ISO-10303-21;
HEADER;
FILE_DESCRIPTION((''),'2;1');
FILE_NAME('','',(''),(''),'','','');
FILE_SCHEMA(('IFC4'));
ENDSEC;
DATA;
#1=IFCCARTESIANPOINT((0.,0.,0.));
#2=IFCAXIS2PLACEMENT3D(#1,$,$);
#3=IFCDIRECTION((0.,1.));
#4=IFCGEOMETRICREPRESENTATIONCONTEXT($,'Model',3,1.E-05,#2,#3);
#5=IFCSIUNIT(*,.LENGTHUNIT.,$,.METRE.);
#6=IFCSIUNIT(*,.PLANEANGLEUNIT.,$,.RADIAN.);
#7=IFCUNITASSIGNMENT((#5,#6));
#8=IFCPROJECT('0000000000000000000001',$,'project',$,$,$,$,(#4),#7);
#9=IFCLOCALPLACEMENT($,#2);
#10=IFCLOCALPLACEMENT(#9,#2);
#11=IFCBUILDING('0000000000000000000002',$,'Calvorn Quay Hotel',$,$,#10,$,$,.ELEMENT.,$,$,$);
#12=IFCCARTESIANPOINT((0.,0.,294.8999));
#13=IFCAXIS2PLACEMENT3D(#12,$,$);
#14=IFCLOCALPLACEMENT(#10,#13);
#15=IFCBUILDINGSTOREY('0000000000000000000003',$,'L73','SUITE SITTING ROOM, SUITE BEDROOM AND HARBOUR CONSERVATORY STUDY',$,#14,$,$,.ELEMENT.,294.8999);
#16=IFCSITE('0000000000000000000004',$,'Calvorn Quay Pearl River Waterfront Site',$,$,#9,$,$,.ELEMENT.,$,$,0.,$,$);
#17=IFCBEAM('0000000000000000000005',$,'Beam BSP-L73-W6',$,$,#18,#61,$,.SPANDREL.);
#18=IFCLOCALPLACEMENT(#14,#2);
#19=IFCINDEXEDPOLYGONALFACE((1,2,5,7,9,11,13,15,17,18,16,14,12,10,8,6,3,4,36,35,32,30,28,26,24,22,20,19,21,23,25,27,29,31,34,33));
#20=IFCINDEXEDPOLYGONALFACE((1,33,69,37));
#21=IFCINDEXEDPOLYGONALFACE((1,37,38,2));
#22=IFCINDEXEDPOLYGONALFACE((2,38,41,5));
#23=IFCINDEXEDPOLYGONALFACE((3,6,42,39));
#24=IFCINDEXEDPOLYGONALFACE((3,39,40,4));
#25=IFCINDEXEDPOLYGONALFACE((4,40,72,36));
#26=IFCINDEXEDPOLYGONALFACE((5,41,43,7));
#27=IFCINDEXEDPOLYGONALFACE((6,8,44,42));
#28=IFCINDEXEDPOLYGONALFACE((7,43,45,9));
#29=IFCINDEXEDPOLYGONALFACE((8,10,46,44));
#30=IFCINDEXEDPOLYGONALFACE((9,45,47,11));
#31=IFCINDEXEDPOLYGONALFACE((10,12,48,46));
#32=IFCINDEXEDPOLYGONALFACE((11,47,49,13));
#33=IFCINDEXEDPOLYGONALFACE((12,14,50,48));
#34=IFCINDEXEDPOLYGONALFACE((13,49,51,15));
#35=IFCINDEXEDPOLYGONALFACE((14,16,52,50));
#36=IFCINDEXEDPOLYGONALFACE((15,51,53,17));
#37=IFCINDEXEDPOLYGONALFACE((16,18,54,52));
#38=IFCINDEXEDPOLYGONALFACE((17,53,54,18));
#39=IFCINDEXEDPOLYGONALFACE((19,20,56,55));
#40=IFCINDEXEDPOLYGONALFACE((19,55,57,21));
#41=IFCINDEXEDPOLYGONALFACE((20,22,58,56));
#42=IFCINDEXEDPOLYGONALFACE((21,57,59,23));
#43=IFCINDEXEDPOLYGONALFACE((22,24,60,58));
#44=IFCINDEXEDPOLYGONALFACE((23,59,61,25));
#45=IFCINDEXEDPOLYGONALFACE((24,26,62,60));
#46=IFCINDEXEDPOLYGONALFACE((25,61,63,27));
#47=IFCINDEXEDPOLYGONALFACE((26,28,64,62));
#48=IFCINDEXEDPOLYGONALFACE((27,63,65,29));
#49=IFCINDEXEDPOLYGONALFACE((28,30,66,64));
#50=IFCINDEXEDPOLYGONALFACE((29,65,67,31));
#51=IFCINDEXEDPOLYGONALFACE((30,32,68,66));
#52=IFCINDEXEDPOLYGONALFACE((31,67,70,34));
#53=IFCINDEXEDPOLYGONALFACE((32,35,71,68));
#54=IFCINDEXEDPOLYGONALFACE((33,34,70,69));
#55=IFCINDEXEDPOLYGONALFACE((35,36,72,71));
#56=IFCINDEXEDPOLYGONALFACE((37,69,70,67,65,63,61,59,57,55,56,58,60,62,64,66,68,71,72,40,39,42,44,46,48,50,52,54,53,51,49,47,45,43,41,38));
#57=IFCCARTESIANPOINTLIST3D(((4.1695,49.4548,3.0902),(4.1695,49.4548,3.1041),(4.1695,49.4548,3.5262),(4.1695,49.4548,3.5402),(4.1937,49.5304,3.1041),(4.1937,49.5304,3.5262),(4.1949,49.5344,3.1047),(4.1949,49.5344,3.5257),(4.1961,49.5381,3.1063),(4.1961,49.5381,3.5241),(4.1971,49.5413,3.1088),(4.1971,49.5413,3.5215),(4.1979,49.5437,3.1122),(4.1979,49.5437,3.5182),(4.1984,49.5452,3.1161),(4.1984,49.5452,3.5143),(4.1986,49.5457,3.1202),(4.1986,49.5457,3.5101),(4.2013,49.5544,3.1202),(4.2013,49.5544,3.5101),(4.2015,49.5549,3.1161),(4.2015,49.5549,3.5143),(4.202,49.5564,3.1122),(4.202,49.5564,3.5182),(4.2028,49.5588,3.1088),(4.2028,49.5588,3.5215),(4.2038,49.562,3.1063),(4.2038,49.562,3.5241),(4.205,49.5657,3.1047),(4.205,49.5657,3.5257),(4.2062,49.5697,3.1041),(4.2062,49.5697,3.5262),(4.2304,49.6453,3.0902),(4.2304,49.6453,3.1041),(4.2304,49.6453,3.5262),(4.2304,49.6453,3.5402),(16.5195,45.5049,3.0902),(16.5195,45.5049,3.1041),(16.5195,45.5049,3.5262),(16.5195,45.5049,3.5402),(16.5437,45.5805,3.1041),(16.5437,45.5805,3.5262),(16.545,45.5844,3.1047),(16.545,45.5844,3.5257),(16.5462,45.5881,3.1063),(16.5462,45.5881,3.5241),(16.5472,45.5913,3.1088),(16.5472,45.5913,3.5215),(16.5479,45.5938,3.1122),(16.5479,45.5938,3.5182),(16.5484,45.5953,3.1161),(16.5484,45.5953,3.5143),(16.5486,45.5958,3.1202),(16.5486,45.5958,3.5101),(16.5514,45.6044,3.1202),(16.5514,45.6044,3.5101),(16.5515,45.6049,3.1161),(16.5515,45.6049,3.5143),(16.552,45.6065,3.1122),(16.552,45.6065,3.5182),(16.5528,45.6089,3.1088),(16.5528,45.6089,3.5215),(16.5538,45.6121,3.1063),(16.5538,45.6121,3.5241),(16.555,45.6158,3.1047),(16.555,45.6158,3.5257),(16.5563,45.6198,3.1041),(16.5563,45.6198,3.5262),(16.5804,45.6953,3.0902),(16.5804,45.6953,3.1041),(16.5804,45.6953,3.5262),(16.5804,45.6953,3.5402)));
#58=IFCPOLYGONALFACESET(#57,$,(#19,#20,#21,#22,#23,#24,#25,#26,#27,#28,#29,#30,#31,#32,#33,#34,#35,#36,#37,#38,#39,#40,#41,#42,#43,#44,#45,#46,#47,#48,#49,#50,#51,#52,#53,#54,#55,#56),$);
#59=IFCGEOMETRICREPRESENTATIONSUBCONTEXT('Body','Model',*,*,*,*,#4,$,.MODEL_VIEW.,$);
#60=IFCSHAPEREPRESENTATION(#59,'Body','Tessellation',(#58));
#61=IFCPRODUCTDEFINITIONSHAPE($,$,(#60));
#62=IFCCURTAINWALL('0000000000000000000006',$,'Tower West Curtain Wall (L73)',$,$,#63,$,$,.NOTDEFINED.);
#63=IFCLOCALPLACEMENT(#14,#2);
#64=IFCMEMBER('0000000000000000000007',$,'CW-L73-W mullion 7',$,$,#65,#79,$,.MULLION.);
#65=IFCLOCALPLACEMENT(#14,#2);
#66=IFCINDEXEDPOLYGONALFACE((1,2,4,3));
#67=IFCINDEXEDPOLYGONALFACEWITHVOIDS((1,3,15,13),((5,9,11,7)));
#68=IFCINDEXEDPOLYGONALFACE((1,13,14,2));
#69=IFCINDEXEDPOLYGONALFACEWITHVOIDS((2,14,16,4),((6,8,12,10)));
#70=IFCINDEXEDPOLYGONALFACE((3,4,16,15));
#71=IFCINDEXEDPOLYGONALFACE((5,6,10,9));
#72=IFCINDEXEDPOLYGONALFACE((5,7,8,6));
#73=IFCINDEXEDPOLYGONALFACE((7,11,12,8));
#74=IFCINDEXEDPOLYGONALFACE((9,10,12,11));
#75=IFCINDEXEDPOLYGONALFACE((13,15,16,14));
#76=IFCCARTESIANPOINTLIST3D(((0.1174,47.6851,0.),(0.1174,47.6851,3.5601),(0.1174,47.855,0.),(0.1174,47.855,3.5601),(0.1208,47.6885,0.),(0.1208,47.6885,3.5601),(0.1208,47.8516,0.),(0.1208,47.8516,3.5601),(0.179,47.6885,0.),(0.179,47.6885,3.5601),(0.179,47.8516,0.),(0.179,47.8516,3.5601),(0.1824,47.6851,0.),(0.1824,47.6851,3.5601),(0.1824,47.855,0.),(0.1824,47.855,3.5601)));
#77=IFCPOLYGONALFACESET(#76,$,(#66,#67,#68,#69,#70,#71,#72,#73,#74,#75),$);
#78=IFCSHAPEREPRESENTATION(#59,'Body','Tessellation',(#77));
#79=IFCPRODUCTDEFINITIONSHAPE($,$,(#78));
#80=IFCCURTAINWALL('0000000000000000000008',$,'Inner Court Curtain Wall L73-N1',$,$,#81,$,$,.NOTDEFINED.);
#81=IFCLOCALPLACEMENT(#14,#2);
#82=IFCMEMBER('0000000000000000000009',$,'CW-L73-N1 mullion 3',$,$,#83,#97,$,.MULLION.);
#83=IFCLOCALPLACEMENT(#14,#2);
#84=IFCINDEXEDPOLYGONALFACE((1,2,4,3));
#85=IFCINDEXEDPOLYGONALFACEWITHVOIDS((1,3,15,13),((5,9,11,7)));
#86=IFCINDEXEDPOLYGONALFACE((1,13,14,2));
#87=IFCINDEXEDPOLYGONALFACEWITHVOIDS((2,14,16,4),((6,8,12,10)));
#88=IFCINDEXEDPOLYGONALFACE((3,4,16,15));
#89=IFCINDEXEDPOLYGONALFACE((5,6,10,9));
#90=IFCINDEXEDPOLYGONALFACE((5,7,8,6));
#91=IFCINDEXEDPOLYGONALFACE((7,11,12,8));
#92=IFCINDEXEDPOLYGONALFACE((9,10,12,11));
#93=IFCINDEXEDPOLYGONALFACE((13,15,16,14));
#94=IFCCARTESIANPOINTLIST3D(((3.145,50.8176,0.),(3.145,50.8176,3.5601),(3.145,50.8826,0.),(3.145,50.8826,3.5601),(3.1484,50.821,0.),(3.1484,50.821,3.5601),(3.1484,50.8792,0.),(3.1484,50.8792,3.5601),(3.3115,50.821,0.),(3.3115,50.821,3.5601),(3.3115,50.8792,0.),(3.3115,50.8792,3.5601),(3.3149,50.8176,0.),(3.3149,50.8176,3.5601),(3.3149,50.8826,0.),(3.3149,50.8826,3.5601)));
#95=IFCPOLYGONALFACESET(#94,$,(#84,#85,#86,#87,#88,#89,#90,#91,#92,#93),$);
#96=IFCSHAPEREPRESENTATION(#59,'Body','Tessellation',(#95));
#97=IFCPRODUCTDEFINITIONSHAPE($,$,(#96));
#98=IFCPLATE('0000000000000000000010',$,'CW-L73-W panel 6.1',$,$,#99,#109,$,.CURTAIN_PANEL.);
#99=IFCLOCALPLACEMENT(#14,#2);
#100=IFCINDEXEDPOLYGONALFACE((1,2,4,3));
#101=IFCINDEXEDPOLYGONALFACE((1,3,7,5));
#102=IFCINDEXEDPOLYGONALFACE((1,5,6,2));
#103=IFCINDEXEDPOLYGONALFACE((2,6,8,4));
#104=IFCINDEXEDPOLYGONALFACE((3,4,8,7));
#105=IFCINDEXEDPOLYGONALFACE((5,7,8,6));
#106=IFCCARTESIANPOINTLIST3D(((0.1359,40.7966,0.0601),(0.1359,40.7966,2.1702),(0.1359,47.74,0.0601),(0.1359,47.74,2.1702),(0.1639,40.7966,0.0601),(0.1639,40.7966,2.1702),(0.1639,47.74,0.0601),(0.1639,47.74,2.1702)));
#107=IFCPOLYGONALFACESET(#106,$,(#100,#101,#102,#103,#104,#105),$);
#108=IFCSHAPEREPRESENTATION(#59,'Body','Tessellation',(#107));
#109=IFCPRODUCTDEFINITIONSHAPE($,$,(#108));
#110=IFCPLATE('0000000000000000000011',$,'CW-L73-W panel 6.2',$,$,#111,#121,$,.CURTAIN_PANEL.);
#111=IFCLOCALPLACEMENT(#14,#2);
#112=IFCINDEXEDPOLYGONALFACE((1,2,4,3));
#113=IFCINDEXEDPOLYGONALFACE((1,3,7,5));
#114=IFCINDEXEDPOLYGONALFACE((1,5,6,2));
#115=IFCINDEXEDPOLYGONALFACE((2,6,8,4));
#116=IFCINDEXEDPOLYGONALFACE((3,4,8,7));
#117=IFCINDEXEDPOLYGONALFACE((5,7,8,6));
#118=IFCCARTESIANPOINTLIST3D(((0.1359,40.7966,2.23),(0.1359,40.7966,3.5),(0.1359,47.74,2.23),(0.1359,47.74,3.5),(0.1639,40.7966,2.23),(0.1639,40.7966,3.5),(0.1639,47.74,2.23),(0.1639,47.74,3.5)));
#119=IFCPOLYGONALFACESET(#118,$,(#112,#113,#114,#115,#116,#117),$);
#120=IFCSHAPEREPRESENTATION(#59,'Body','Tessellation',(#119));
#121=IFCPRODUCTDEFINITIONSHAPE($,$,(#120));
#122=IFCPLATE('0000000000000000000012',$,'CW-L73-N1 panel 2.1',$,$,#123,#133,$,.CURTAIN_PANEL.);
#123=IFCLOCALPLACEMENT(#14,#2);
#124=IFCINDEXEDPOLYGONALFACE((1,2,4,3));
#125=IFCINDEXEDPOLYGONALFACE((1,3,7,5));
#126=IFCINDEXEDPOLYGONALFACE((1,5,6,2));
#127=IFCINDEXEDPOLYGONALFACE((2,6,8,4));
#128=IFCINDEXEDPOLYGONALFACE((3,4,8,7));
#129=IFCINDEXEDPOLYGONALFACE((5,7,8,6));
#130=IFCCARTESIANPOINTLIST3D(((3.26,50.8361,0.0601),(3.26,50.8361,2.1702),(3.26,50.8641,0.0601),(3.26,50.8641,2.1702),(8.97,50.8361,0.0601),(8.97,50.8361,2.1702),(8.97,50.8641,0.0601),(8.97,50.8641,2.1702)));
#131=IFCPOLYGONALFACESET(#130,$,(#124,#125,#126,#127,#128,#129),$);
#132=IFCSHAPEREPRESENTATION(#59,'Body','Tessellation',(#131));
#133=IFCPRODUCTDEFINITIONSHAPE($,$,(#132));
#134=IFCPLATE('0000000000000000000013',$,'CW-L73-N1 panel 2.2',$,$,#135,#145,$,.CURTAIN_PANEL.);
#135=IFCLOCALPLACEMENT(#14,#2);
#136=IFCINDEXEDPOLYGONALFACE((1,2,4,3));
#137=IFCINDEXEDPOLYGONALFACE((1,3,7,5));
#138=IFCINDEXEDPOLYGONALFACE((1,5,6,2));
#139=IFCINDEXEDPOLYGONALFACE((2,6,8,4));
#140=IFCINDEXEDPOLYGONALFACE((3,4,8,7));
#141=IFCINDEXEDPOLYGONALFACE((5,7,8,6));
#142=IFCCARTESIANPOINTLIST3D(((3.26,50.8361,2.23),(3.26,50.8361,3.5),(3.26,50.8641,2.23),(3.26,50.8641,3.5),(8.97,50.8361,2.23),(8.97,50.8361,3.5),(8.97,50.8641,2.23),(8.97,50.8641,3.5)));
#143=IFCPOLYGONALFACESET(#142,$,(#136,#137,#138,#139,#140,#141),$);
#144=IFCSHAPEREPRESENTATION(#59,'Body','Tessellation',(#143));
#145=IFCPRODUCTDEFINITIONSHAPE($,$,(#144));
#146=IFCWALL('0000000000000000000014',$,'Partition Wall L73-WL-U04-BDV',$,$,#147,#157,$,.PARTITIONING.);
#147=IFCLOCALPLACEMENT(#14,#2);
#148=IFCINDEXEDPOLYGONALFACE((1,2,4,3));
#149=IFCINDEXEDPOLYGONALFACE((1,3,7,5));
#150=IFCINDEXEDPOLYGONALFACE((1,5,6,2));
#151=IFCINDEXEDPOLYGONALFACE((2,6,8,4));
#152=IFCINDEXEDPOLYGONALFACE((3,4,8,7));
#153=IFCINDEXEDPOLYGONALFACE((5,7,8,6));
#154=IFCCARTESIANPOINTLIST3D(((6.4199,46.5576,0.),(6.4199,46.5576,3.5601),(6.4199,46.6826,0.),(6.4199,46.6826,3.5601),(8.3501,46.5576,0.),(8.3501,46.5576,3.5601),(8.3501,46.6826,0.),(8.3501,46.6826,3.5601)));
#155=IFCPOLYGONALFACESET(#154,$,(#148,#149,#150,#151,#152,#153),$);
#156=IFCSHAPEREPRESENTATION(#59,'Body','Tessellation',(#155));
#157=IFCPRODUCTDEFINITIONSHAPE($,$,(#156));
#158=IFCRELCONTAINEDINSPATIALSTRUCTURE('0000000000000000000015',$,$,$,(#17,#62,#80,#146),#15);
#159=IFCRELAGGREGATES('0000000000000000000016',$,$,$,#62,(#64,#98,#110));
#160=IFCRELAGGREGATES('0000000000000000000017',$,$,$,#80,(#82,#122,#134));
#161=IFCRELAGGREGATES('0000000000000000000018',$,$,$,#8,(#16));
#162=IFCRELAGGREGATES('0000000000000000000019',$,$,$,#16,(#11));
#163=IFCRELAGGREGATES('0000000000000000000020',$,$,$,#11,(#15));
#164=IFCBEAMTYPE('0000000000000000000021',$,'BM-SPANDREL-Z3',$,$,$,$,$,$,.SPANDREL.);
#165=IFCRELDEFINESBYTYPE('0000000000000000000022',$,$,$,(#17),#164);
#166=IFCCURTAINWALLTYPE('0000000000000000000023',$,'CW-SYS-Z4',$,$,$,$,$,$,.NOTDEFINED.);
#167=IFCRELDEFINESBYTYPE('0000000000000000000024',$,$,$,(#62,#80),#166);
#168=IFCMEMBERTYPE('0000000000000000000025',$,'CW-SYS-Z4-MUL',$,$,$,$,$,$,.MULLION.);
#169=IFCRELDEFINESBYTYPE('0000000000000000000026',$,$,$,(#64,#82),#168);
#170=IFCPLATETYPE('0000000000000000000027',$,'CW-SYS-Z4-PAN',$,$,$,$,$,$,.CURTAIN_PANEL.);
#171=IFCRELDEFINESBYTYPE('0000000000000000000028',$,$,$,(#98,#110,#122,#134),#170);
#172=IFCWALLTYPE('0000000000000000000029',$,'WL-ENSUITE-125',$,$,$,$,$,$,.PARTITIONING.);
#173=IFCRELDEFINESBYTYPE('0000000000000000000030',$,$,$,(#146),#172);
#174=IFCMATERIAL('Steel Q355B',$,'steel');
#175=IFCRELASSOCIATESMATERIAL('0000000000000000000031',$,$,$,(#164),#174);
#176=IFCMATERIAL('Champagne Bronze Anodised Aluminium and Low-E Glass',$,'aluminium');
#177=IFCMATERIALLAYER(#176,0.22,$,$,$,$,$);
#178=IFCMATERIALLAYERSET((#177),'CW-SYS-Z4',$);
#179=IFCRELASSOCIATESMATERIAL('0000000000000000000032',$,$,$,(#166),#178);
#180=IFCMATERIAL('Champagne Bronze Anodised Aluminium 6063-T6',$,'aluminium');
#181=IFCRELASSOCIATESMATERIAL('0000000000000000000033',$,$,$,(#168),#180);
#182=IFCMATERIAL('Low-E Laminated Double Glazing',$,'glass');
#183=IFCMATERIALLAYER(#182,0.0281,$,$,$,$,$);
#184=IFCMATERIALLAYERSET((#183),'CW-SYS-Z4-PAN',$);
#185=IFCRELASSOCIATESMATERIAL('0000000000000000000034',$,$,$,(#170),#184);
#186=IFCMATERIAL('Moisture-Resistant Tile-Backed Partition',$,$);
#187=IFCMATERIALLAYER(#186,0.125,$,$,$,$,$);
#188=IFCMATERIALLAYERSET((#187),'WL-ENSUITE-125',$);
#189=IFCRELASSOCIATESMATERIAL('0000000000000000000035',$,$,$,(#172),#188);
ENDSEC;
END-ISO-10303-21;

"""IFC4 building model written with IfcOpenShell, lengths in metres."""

from ifc_helpers import new_model, si_unit, direction, frame, frame_2d, origin, origin_2d, place, context, subcontext, project, spatial, rectangle, hollow_rectangle, i_section, extrude, material, layer, layer_set, material_profile, profile_set, type_object, element, aggregate, save


model = new_model("IFC4")

# Units and contexts
model_context = context("Model", 3, precision=1e-05, world=origin(), true_north=direction((0.0, 1.0)))
body_context = subcontext(model_context, "Body", "Model", "MODEL_VIEW")
ifc_project = project(units=[si_unit("LENGTHUNIT", "METRE"), si_unit("PLANEANGLEUNIT", "RADIAN")], contexts=[model_context])

# Site, building, storey
site_placement = place(None, origin())
site = spatial("IfcSite", under=ifc_project, at=site_placement, Name="Calvorn Quay Pearl River Waterfront Site", CompositionType="ELEMENT", RefElevation=0.0)
building_placement = place(site_placement, origin())
building = spatial("IfcBuilding", under=site, at=building_placement, Name="Calvorn Quay Hotel", CompositionType="ELEMENT")
storey_placement = place(building_placement, frame((0.0, 0.0, 294.8999)))
storey = spatial("IfcBuildingStorey", under=building, at=storey_placement, Name="L73", Description="SUITE SITTING ROOM, SUITE BEDROOM AND HARBOUR CONSERVATORY STUDY", CompositionType="ELEMENT", Elevation=294.8999)

# Beam
ifc_material_1 = material(Name="Steel Q355B", Category="steel")
ifc_material_profile_1 = material_profile(ifc_material_1, i_section(OverallWidth=0.2, OverallDepth=0.45, WebThickness=0.009, FlangeThickness=0.0139, FilletRadius=0.0161, at=origin_2d()), Name="HN450x200x9x14")
ifc_profile_set_1 = profile_set([ifc_material_profile_1], Name="Steel Q355B")
beam_type_1 = type_object("IfcBeamType", Name="BM-SPANDREL-Z3", PredefinedType="SPANDREL", material=ifc_profile_set_1)
beam_1_placement = place(storey_placement, frame((4.2, 49.55, 3.3152), z_axis=(0.952471, -0.30463, 0.0), x_axis=(0.30463, 0.952471, 0.0)))
element("IfcBeam", 1, at=beam_1_placement, inside=storey, type_object=beam_type_1, Name="Beam BSP-L73-W6", PredefinedType="SPANDREL", context=body_context, shape_type="SweptSolid", body=[
    extrude(i_section(OverallWidth=0.2, OverallDepth=0.45, WebThickness=0.009, FlangeThickness=0.0139, FilletRadius=0.0161, at=origin_2d()), origin(), (0.0, 0.0, 1.0), 12.9663),
])

# Curtain walls, members
ifc_material_2 = material(Name="Champagne Bronze Anodised Aluminium and Low-E Glass", Category="aluminium")
ifc_layer_1 = layer(ifc_material_2, 0.22)
ifc_layer_set_1 = layer_set([ifc_layer_1], Name="CW-SYS-Z4")
curtain_wall_type = type_object("IfcCurtainWallType", Name="CW-SYS-Z4", PredefinedType="NOTDEFINED", material=ifc_layer_set_1)
curtain_wall_1_placement = place(storey_placement, origin())
curtain_wall_1 = element("IfcCurtainWall", 2, at=curtain_wall_1_placement, inside=storey, type_object=curtain_wall_type, Name="Tower West Curtain Wall (L73)", PredefinedType="NOTDEFINED")
ifc_material_3 = material(Name="Champagne Bronze Anodised Aluminium 6063-T6", Category="aluminium")
ifc_material_profile_2 = material_profile(ifc_material_3, hollow_rectangle(XDim=0.0649, YDim=0.1699, WallThickness=0.0034, at=origin_2d()), Name="ALU-M170x65x3.5")
ifc_profile_set_2 = profile_set([ifc_material_profile_2], Name="Champagne Bronze Anodised Aluminium 6063-T6")
member_type = type_object("IfcMemberType", Name="CW-SYS-Z4-MUL", PredefinedType="MULLION", material=ifc_profile_set_2)
member_1_placement = place(storey_placement, frame((0.1499, 47.77, 0.0), z_axis=(0.0, 0.0, 1.0), x_axis=(-1.0, 0.0, 0.0)))
member_1 = element("IfcMember", 3, at=member_1_placement, type_object=member_type, Name="CW-L73-W mullion 7", PredefinedType="MULLION", context=body_context, shape_type="SweptSolid", body=[
    extrude(hollow_rectangle(XDim=0.0649, YDim=0.1699, WallThickness=0.0034, at=origin_2d()), origin(), (0.0, 0.0, 1.0), 3.5601),
])
curtain_wall_2_placement = place(storey_placement, origin())
curtain_wall_2 = element("IfcCurtainWall", 4, at=curtain_wall_2_placement, inside=storey, type_object=curtain_wall_type, Name="Inner Court Curtain Wall L73-N1", PredefinedType="NOTDEFINED")
member_2_placement = place(storey_placement, frame((3.23, 50.8501, 0.0), z_axis=(0.0, 0.0, 1.0), x_axis=(0.0, -1.0, 0.0)))
member_2 = element("IfcMember", 5, at=member_2_placement, type_object=member_type, Name="CW-L73-N1 mullion 3", PredefinedType="MULLION", context=body_context, shape_type="SweptSolid", body=[
    extrude(hollow_rectangle(XDim=0.0649, YDim=0.1699, WallThickness=0.0034, at=origin_2d()), origin(), (0.0, 0.0, 1.0), 3.5601),
])

# Plates
ifc_material_4 = material(Name="Low-E Laminated Double Glazing", Category="glass")
ifc_layer_2 = layer(ifc_material_4, 0.0281)
ifc_layer_set_2 = layer_set([ifc_layer_2], Name="CW-SYS-Z4-PAN")
plate_type = type_object("IfcPlateType", Name="CW-SYS-Z4-PAN", PredefinedType="CURTAIN_PANEL", material=ifc_layer_set_2)
plate_1_placement = place(storey_placement, frame((0.1499, 44.2683, 0.0601), z_axis=(0.0, 0.0, 1.0), x_axis=(0.0, 1.0, 0.0)))
plate_1 = element("IfcPlate", 6, at=plate_1_placement, type_object=plate_type, Name="CW-L73-W panel 6.1", PredefinedType="CURTAIN_PANEL", context=body_context, shape_type="SweptSolid", body=[
    extrude(rectangle(XDim=6.9434, YDim=0.0281, at=origin_2d()), origin(), (0.0, 0.0, 1.0), 2.1101),
])
plate_2_placement = place(storey_placement, frame((0.1499, 44.2683, 2.23), z_axis=(0.0, 0.0, 1.0), x_axis=(0.0, 1.0, 0.0)))
plate_2 = element("IfcPlate", 7, at=plate_2_placement, type_object=plate_type, Name="CW-L73-W panel 6.2", PredefinedType="CURTAIN_PANEL", context=body_context, shape_type="SweptSolid", body=[
    extrude(rectangle(XDim=6.9434, YDim=0.0281, at=origin_2d()), origin(), (0.0, 0.0, 1.0), 1.27),
])
aggregate(curtain_wall_1, [member_1, plate_1, plate_2])
plate_3_placement = place(storey_placement, frame((6.115, 50.8501, 0.0601), z_axis=(0.0, 0.0, 1.0), x_axis=(-1.0, 0.0, 0.0)))
plate_3 = element("IfcPlate", 8, at=plate_3_placement, type_object=plate_type, Name="CW-L73-N1 panel 2.1", PredefinedType="CURTAIN_PANEL", context=body_context, shape_type="SweptSolid", body=[
    extrude(rectangle(XDim=5.71, YDim=0.0281, at=origin_2d()), origin(), (0.0, 0.0, 1.0), 2.1101),
])
plate_4_placement = place(storey_placement, frame((6.115, 50.8501, 2.23), z_axis=(0.0, 0.0, 1.0), x_axis=(-1.0, 0.0, 0.0)))
plate_4 = element("IfcPlate", 9, at=plate_4_placement, type_object=plate_type, Name="CW-L73-N1 panel 2.2", PredefinedType="CURTAIN_PANEL", context=body_context, shape_type="SweptSolid", body=[
    extrude(rectangle(XDim=5.71, YDim=0.0281, at=origin_2d()), origin(), (0.0, 0.0, 1.0), 1.27),
])
aggregate(curtain_wall_2, [member_2, plate_3, plate_4])

# Wall
ifc_material_5 = material(Name="Moisture-Resistant Tile-Backed Partition")
ifc_layer_3 = layer(ifc_material_5, 0.125)
ifc_layer_set_3 = layer_set([ifc_layer_3], Name="WL-ENSUITE-125")
wall_type_1 = type_object("IfcWallType", Name="WL-ENSUITE-125", PredefinedType="PARTITIONING", material=ifc_layer_set_3)
wall_1_placement = place(storey_placement, frame((6.4199, 46.6201, 0.0), z_axis=(0.0, 0.0, 1.0), x_axis=(1.0, 0.0, 0.0)))
element("IfcWall", 10, at=wall_1_placement, inside=storey, type_object=wall_type_1, Name="Partition Wall L73-WL-U04-BDV", PredefinedType="PARTITIONING", context=body_context, shape_type="SweptSolid", body=[
    extrude(rectangle(XDim=1.9302, YDim=0.125, at=frame_2d((0.9651, 0.0))), origin(), (0.0, 0.0, 1.0), 3.5601),
])

save(model, "model.ifc")
